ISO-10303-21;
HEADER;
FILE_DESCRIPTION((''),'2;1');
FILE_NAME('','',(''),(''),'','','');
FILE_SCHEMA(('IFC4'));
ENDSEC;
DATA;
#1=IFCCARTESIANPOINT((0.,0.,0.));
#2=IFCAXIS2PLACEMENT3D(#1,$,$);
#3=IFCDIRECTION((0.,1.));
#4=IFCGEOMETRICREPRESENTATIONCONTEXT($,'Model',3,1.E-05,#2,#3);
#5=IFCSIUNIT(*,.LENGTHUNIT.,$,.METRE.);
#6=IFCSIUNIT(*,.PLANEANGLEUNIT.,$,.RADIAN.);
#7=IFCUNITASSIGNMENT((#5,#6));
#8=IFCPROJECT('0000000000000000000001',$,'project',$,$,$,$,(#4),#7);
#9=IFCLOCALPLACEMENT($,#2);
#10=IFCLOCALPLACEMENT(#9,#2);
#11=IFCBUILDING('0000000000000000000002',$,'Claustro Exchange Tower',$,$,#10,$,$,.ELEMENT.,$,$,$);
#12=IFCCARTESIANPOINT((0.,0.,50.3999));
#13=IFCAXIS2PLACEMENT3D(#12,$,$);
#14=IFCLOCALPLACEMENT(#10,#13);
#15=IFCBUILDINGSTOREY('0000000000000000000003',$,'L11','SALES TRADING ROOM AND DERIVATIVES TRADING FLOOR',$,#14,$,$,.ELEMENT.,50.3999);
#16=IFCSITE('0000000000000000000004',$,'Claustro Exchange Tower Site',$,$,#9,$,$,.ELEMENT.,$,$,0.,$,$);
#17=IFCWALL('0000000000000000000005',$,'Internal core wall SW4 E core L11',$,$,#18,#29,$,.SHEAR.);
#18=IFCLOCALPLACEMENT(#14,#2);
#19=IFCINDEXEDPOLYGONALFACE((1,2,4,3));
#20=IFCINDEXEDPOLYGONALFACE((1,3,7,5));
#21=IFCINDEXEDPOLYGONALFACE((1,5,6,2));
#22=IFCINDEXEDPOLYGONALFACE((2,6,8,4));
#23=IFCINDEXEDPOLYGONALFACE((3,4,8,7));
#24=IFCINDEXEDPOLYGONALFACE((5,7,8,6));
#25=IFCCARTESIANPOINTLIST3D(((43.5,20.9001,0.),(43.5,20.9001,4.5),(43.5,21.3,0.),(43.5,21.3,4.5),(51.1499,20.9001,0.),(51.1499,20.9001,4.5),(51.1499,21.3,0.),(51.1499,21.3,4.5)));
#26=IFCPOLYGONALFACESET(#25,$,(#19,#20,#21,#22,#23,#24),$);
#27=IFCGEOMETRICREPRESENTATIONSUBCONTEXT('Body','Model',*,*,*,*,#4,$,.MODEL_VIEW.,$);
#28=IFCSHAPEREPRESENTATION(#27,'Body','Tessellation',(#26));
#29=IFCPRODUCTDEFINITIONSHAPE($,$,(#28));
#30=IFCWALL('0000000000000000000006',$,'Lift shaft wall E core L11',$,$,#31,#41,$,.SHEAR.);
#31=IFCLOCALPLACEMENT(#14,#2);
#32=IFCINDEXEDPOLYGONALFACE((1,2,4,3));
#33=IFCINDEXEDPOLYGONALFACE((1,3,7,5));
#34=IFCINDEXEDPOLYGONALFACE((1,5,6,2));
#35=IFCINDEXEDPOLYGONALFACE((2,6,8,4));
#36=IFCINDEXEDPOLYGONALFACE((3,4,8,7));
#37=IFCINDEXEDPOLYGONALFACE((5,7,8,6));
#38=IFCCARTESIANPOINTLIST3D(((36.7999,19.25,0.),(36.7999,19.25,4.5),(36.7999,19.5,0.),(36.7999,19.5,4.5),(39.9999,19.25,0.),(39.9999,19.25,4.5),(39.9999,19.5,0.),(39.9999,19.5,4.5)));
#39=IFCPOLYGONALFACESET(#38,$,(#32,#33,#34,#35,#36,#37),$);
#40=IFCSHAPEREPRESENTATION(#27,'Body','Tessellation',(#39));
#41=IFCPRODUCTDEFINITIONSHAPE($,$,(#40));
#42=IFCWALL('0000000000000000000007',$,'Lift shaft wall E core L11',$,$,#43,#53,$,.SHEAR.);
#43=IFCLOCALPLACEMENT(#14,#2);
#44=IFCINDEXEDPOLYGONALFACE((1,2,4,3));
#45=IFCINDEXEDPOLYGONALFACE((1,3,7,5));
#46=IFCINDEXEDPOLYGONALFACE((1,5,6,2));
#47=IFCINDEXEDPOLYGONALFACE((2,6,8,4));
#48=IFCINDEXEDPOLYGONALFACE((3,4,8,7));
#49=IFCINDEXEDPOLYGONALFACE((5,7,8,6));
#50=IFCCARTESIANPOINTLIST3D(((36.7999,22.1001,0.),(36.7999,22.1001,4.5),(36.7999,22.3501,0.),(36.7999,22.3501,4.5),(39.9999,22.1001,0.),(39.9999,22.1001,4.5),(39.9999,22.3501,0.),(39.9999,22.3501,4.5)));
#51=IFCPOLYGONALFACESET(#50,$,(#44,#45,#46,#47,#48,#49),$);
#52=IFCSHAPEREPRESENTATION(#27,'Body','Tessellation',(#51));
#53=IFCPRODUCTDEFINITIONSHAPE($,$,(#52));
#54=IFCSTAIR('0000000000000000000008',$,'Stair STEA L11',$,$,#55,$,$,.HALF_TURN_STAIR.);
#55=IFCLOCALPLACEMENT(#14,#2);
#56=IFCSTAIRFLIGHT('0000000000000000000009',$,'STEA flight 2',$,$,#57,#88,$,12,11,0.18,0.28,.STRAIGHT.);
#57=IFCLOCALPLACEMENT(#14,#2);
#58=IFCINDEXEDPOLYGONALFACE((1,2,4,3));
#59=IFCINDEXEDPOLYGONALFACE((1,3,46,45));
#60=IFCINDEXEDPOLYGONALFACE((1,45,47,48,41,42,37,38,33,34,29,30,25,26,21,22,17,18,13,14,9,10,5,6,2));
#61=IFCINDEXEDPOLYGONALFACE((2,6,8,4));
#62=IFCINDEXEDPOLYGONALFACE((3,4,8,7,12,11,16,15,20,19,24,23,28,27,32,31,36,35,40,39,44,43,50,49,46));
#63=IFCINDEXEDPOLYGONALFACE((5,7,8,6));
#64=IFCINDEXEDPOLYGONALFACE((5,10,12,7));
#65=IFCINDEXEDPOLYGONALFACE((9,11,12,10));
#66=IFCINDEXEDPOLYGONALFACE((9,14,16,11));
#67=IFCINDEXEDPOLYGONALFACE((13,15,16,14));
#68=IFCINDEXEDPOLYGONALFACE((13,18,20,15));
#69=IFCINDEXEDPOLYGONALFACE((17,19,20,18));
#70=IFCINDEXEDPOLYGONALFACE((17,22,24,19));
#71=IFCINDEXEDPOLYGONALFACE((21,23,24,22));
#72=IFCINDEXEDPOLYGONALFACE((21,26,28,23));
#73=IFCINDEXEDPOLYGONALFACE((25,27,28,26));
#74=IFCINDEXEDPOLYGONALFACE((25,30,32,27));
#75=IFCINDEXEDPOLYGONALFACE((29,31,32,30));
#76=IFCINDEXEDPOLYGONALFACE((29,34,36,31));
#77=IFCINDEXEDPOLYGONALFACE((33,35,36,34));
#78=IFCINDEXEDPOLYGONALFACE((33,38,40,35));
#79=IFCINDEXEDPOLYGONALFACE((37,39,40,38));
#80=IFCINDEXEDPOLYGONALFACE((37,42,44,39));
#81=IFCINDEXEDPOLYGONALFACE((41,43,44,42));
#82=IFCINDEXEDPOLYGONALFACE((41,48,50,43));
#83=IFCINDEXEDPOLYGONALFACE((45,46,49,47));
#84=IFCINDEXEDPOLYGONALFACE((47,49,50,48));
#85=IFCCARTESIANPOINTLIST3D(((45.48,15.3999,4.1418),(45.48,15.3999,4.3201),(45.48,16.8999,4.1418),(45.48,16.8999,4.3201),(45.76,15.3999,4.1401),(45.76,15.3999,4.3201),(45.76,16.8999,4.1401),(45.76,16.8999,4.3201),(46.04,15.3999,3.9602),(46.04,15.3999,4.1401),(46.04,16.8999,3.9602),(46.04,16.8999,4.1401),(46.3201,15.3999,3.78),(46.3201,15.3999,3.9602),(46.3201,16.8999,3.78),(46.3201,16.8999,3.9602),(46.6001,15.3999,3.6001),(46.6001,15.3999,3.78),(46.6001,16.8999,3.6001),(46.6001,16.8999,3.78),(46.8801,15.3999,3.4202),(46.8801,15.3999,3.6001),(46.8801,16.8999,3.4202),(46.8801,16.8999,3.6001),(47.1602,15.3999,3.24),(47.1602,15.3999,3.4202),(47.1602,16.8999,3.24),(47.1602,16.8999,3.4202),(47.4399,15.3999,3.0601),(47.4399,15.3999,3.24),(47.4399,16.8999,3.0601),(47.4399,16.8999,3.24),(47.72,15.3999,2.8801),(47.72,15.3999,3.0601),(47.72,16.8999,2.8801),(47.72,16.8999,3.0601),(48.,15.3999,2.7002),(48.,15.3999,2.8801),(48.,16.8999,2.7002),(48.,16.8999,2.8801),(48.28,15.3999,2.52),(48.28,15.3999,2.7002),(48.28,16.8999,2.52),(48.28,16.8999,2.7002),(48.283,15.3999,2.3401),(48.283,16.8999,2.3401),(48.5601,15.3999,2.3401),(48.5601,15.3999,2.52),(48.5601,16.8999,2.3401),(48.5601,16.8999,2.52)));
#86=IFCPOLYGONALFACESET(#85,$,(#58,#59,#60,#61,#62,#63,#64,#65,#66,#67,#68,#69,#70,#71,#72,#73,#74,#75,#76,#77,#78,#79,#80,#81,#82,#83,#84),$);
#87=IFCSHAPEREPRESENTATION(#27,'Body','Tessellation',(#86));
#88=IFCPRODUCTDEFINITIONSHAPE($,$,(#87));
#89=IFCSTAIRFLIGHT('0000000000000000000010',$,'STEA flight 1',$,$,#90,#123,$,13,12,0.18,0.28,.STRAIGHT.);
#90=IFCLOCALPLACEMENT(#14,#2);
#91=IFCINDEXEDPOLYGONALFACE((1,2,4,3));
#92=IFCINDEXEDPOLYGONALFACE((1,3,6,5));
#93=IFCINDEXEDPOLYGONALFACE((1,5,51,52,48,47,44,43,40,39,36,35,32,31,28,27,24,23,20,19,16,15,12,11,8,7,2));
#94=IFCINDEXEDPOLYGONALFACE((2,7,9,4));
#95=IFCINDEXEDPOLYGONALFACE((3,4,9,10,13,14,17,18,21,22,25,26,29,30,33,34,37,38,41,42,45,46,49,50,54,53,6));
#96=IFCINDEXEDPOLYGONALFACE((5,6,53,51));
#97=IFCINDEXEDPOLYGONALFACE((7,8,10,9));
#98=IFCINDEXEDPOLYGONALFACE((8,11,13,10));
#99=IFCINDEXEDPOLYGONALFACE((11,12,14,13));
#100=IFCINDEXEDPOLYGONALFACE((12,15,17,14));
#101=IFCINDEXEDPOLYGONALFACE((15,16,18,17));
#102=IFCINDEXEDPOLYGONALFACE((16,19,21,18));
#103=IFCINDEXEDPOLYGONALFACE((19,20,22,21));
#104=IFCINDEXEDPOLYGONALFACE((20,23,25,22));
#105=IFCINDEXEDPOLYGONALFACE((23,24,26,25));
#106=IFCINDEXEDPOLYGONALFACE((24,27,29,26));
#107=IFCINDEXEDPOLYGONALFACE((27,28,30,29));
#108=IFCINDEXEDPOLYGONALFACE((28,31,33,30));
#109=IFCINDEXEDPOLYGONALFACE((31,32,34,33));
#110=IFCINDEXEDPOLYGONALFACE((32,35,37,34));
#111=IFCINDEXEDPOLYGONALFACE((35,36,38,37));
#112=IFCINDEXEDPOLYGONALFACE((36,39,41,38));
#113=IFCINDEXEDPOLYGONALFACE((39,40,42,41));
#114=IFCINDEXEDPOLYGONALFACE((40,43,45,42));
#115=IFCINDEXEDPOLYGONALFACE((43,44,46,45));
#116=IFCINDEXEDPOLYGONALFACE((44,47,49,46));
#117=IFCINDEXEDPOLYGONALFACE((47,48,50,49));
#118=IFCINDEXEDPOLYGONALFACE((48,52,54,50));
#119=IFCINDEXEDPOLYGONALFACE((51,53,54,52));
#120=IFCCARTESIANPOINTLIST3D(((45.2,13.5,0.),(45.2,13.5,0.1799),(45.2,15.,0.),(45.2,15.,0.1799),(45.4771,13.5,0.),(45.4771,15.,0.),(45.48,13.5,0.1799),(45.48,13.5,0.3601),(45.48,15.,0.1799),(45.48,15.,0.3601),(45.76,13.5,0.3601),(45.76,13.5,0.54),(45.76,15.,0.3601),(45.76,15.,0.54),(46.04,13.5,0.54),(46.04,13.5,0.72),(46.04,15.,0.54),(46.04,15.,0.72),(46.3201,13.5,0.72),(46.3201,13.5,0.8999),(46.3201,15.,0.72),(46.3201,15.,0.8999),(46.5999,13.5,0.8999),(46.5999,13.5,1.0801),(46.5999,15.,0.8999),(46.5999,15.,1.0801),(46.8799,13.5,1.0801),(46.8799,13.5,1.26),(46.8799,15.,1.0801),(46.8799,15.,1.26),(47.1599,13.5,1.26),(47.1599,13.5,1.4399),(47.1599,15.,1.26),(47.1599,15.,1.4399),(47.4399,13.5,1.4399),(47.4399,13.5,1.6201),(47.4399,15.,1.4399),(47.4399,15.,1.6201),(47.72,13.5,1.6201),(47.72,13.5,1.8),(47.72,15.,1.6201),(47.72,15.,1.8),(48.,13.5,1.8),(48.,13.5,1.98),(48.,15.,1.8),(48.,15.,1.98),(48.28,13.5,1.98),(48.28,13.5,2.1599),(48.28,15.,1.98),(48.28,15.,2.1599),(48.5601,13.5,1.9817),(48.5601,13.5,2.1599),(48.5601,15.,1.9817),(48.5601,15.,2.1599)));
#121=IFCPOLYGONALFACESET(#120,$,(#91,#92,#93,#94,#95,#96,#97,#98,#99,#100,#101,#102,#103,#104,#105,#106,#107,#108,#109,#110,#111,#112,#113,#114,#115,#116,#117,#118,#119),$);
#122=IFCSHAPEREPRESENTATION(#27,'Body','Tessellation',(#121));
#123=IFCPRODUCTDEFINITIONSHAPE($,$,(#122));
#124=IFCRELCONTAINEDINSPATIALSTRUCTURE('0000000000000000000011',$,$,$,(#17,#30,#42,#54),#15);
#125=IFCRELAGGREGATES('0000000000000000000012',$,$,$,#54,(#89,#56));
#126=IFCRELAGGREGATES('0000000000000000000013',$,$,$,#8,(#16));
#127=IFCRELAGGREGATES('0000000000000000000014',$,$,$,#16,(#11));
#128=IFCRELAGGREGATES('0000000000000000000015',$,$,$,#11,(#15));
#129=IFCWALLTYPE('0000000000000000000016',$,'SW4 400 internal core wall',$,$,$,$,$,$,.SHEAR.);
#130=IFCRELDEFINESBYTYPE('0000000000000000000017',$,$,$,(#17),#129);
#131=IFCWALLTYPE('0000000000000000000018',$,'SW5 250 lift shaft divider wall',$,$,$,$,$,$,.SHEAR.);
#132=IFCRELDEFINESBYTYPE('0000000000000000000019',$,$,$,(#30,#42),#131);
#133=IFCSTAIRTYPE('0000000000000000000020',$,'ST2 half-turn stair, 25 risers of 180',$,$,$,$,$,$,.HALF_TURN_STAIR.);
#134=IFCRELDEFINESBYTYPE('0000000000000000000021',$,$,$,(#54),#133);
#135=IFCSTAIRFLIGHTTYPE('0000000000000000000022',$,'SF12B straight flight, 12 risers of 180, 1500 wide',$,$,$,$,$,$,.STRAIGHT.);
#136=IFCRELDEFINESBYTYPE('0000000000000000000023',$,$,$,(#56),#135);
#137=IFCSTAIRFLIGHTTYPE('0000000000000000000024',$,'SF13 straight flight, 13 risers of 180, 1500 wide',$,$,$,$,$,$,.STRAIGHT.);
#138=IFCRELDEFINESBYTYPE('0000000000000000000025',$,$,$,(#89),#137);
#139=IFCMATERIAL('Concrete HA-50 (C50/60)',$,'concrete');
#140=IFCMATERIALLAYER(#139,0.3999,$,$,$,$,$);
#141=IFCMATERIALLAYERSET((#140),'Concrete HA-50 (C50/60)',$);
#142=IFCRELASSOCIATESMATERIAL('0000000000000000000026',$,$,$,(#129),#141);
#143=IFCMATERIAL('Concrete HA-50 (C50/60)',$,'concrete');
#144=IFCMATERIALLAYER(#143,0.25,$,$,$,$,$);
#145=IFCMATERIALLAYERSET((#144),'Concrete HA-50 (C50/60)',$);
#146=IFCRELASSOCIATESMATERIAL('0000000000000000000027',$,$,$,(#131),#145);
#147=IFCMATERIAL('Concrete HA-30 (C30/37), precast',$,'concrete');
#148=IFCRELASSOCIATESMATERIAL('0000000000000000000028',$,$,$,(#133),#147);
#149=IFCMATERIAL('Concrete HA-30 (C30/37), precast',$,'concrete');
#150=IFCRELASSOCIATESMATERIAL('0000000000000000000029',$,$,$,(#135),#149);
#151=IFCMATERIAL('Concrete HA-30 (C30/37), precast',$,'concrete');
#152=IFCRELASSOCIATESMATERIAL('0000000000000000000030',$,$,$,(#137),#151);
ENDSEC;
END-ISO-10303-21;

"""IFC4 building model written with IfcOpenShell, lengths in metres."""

from ifc_helpers import new_model, si_unit, direction, frame, frame_2d, origin, place, context, subcontext, project, spatial, polyline, rectangle, outline, extrude, material, layer, layer_set, type_object, element, aggregate, save


model = new_model("IFC4")

# Units and contexts
model_context = context("Model", 3, precision=1e-05, world=origin(), true_north=direction((0.0, 1.0)))
body_context = subcontext(model_context, "Body", "Model", "MODEL_VIEW")
ifc_project = project(units=[si_unit("LENGTHUNIT", "METRE"), si_unit("PLANEANGLEUNIT", "RADIAN")], contexts=[model_context])

# Site, building, storey
site_placement = place(None, origin())
site = spatial("IfcSite", under=ifc_project, at=site_placement, Name="Claustro Exchange Tower Site", CompositionType="ELEMENT", RefElevation=0.0)
building_placement = place(site_placement, origin())
building = spatial("IfcBuilding", under=site, at=building_placement, Name="Claustro Exchange Tower", CompositionType="ELEMENT")
storey_placement = place(building_placement, frame((0.0, 0.0, 50.3999)))
storey = spatial("IfcBuildingStorey", under=building, at=storey_placement, Name="L11", Description="SALES TRADING ROOM AND DERIVATIVES TRADING FLOOR", CompositionType="ELEMENT", Elevation=50.3999)

# Shared definitions
ifc_material_1 = material(Name="Concrete HA-50 (C50/60)", Category="concrete")
ifc_layer_1 = layer(ifc_material_1, 0.3999)
ifc_layer_set_1 = layer_set([ifc_layer_1], Name="Concrete HA-50 (C50/60)")
wall_type_1 = type_object("IfcWallType", Name="SW4 400 internal core wall", PredefinedType="SHEAR", material=ifc_layer_set_1)

# Walls
for number, where, z_axis, x_axis, name in (
    (1, (51.1499, 21.1001, 0.0), (0.0, 0.0, 1.0), (-1.0, 0.0, 0.0), "Internal core wall SW4 E core L11"),
):
    element("IfcWall", number, at=place(storey_placement, frame(where, z_axis=z_axis, x_axis=x_axis)), inside=storey, type_object=wall_type_1, Name=name, PredefinedType="SHEAR", context=body_context, shape_type="SweptSolid", body=[
        extrude(rectangle(XDim=7.6499, YDim=0.3999, at=frame_2d((3.825, 0.0))), origin(), (0.0, 0.0, 1.0), 4.5),
    ])
ifc_material_2 = material(Name="Concrete HA-50 (C50/60)", Category="concrete")
ifc_layer_2 = layer(ifc_material_2, 0.25)
ifc_layer_set_2 = layer_set([ifc_layer_2], Name="Concrete HA-50 (C50/60)")
wall_type_2 = type_object("IfcWallType", Name="SW5 250 lift shaft divider wall", PredefinedType="SHEAR", material=ifc_layer_set_2)
for number, where, z_axis, x_axis, name in (
    (2, (40.0, 19.375, 0.0), (0.0, 0.0, 1.0), (-1.0, 0.0, 0.0), "Lift shaft wall E core L11"),
    (3, (40.0, 22.2251, 0.0), (0.0, 0.0, 1.0), (-1.0, 0.0, 0.0), "Lift shaft wall E core L11"),
):
    element("IfcWall", number, at=place(storey_placement, frame(where, z_axis=z_axis, x_axis=x_axis)), inside=storey, type_object=wall_type_2, Name=name, PredefinedType="SHEAR", context=body_context, shape_type="SweptSolid", body=[
        extrude(rectangle(XDim=3.2, YDim=0.25, at=frame_2d((1.6001, 0.0))), origin(), (0.0, 0.0, 1.0), 4.5),
    ])

# Stair, stair flights
ifc_material_3 = material(Name="Concrete HA-30 (C30/37), precast", Category="concrete")
stair_type = type_object("IfcStairType", Name="ST2 half-turn stair, 25 risers of 180", PredefinedType="HALF_TURN_STAIR", material=ifc_material_3)
stair_placement = place(storey_placement, origin())
stair = element("IfcStair", 4, at=stair_placement, inside=storey, type_object=stair_type, Name="Stair STEA L11", PredefinedType="HALF_TURN_STAIR")
ifc_material_4 = material(Name="Concrete HA-30 (C30/37), precast", Category="concrete")
stair_flight_type_1 = type_object("IfcStairFlightType", Name="SF12B straight flight, 12 risers of 180, 1500 wide", PredefinedType="STRAIGHT", material=ifc_material_4)
stair_flight_1_placement = place(storey_placement, frame((48.5601, 16.1499, 2.3401), z_axis=(0.0, 0.0, 1.0), x_axis=(-1.0, 0.0, 0.0)))
stair_flight_1 = element("IfcStairFlight", 5, at=stair_flight_1_placement, type_object=stair_flight_type_1, Name="STEA flight 2", NumberOfRisers=12, NumberOfTreads=11, PredefinedType="STRAIGHT", RiserHeight=0.18, TreadLength=0.28, context=body_context, shape_type="SweptSolid", body=[
    extrude(outline(polyline([(0.0, 0.0), (0.0, 0.1799), (0.28, 0.1799), (0.28, 0.3601), (0.5601, 0.3601), (0.5601, 0.54), (0.8401, 0.54), (0.8401, 0.72), (1.1201, 0.72), (1.1201, 0.8999), (1.3999, 0.8999), (1.3999, 1.0801), (1.6799, 1.0801), (1.6799, 1.26), (1.96, 1.26), (1.96, 1.4399), (2.24, 1.4399), (2.24, 1.6201), (2.52, 1.6201), (2.52, 1.8), (2.8, 1.8), (2.8, 1.98), (3.0801, 1.98), (3.0801, 2.1599), (3.0801, 1.8018), (0.2771, 0.0), (0.0, 0.0)])), frame((0.0, 0.75, 0.0), z_axis=(0.0, -1.0, 0.0), x_axis=(1.0, 0.0, 0.0)), (0.0, 0.0, 1.0), 1.5),
])
ifc_material_5 = material(Name="Concrete HA-30 (C30/37), precast", Category="concrete")
stair_flight_type_2 = type_object("IfcStairFlightType", Name="SF13 straight flight, 13 risers of 180, 1500 wide", PredefinedType="STRAIGHT", material=ifc_material_5)
stair_flight_2_placement = place(storey_placement, frame((45.2, 14.25, 0.0), z_axis=(0.0, 0.0, 1.0), x_axis=(1.0, 0.0, 0.0)))
stair_flight_2 = element("IfcStairFlight", 6, at=stair_flight_2_placement, type_object=stair_flight_type_2, Name="STEA flight 1", NumberOfRisers=13, NumberOfTreads=12, PredefinedType="STRAIGHT", RiserHeight=0.18, TreadLength=0.28, context=body_context, shape_type="SweptSolid", body=[
    extrude(outline(polyline([(0.0, 0.0), (0.0, 0.1799), (0.28, 0.1799), (0.28, 0.3601), (0.5601, 0.3601), (0.5601, 0.54), (0.8401, 0.54), (0.8401, 0.72), (1.1201, 0.72), (1.1201, 0.8999), (1.3999, 0.8999), (1.3999, 1.0801), (1.6799, 1.0801), (1.6799, 1.26), (1.96, 1.26), (1.96, 1.4399), (2.24, 1.4399), (2.24, 1.6201), (2.52, 1.6201), (2.52, 1.8), (2.8, 1.8), (2.8, 1.98), (3.0801, 1.98), (3.0801, 2.1599), (3.3601, 2.1599), (3.3601, 2.3401), (3.3601, 1.9817), (0.2771, 0.0), (0.0, 0.0)])), frame((0.0, 0.75, 0.0), z_axis=(0.0, -1.0, 0.0), x_axis=(1.0, 0.0, 0.0)), (0.0, 0.0, 1.0), 1.5),
])
aggregate(stair, [stair_flight_2, stair_flight_1])

save(model, "model.ifc")
